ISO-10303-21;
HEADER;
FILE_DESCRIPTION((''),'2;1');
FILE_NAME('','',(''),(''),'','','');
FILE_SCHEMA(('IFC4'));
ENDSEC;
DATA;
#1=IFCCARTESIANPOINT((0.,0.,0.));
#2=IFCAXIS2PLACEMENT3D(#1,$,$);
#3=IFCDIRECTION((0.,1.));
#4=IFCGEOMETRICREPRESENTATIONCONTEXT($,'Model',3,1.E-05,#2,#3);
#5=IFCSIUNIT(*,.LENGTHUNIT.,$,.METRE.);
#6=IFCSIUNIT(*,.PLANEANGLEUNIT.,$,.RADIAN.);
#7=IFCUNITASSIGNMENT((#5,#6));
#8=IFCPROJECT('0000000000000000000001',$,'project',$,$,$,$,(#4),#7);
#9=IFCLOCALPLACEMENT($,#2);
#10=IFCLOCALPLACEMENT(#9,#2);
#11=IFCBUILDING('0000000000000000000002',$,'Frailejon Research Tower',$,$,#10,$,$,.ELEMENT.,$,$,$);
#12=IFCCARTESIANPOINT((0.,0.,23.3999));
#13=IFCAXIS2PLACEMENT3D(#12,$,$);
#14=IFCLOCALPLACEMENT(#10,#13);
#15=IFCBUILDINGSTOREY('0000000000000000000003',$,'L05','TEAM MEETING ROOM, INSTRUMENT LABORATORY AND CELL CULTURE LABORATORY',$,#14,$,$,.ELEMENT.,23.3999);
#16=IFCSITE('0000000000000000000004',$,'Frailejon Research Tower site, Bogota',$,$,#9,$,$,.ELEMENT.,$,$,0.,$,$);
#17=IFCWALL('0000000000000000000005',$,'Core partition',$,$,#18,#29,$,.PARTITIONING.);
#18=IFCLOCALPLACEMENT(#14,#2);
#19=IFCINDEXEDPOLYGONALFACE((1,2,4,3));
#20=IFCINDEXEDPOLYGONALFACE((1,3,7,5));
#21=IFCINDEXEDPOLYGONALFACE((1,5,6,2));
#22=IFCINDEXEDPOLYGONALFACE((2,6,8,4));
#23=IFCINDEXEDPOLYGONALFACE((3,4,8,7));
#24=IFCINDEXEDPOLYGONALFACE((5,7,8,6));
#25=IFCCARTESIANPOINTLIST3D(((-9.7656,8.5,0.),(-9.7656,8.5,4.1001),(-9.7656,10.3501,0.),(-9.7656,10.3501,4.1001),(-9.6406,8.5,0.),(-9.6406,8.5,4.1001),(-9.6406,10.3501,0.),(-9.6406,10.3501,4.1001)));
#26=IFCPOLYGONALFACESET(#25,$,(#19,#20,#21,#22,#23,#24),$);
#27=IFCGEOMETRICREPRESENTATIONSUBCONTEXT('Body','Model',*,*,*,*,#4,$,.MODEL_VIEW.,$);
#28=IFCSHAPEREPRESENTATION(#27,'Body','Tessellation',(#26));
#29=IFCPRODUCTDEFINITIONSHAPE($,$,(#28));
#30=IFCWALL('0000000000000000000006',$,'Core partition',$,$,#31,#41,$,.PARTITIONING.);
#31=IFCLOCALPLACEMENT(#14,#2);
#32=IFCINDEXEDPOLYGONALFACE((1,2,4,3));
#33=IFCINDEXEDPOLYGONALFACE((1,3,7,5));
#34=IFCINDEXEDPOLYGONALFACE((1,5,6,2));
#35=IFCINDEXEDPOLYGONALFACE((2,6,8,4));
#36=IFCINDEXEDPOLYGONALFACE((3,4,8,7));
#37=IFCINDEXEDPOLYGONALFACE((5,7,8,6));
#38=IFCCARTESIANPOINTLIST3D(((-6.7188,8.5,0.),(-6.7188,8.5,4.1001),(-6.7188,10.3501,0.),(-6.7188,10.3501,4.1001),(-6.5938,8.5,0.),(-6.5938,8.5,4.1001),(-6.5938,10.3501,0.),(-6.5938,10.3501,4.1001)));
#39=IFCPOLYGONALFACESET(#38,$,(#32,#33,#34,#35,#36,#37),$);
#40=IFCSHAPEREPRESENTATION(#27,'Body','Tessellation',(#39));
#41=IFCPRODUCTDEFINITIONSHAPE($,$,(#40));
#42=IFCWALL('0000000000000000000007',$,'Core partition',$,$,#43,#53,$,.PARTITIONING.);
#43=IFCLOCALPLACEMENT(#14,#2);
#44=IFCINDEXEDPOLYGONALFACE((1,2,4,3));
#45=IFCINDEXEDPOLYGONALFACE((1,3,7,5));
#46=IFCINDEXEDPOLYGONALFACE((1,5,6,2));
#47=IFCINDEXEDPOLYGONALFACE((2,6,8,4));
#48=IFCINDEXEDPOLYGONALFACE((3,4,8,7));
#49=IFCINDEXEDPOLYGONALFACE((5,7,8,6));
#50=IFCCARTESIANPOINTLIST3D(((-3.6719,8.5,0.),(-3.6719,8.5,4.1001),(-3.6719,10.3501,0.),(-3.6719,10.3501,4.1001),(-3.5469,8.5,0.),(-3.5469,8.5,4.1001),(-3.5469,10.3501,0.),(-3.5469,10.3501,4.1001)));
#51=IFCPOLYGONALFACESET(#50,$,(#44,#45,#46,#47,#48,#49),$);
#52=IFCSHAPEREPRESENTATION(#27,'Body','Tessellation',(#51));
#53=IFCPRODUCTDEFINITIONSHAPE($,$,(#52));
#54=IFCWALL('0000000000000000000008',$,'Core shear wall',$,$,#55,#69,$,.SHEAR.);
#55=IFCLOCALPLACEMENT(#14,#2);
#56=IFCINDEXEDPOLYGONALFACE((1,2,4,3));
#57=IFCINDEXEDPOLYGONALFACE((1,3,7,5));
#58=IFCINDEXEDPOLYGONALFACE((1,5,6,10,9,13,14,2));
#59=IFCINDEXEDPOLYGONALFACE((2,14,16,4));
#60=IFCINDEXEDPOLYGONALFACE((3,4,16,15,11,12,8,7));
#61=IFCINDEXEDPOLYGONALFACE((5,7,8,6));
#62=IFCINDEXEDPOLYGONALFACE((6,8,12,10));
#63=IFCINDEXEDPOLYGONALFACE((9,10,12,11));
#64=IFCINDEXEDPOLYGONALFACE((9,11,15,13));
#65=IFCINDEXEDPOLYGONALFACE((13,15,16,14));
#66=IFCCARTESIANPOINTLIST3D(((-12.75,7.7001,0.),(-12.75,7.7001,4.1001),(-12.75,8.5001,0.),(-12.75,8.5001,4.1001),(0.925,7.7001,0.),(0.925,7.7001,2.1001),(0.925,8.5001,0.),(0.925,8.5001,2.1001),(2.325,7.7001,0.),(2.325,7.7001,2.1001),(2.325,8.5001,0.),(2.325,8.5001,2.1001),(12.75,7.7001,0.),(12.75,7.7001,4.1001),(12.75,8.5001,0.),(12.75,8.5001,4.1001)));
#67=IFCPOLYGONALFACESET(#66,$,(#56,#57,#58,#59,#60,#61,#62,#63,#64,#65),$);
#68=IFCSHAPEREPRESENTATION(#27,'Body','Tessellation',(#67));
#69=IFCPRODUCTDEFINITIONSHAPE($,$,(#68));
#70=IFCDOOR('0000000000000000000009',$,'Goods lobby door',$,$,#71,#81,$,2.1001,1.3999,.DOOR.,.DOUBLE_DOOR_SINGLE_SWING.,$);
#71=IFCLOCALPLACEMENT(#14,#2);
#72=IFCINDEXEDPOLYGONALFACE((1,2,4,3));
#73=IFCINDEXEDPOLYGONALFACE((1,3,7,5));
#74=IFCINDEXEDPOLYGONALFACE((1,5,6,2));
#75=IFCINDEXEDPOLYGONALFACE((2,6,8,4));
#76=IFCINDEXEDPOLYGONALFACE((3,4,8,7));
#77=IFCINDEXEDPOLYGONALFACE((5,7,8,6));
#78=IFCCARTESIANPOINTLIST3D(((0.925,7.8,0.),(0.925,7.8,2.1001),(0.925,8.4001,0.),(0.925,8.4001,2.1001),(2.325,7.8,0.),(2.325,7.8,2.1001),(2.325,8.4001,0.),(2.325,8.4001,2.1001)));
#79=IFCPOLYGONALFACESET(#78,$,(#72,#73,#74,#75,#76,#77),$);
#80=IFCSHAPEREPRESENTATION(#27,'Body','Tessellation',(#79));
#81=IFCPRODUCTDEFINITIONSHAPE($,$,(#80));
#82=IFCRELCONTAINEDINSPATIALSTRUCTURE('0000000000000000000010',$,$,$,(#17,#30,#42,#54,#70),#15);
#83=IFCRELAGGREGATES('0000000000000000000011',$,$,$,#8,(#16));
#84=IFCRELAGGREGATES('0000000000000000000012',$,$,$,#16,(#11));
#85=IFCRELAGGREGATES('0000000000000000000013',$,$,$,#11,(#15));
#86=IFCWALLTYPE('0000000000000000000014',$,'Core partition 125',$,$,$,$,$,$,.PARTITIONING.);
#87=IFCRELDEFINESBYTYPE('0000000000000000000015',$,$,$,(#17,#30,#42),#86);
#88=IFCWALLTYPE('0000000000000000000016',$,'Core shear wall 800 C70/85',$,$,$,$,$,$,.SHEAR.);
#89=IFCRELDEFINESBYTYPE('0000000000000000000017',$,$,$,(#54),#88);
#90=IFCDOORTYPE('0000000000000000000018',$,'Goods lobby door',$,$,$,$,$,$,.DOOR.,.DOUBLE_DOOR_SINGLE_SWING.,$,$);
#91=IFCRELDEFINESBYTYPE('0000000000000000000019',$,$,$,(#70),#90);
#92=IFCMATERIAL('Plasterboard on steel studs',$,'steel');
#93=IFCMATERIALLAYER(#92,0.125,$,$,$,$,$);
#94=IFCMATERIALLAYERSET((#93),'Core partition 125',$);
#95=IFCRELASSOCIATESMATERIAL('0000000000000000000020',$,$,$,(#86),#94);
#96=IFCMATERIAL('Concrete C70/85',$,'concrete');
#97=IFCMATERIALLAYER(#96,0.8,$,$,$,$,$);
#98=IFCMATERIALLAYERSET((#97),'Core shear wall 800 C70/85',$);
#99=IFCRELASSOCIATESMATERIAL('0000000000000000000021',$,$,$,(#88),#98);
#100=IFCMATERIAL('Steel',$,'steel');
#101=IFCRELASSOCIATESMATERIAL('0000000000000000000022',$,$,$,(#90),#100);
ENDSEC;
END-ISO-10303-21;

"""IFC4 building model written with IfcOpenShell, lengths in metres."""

from ifc_helpers import new_model, si_unit, direction, frame, frame_2d, origin, place, context, subcontext, project, spatial, rectangle, extrude, material, layer, layer_set, type_object, element, fill, save


model = new_model("IFC4")

# Units and contexts
model_context = context("Model", 3, precision=1e-05, world=origin(), true_north=direction((0.0, 1.0)))
body_context = subcontext(model_context, "Body", "Model", "MODEL_VIEW")
ifc_project = project(units=[si_unit("LENGTHUNIT", "METRE"), si_unit("PLANEANGLEUNIT", "RADIAN")], contexts=[model_context])

# Site, building, storey
site_placement = place(None, origin())
site = spatial("IfcSite", under=ifc_project, at=site_placement, Name="Frailejon Research Tower site, Bogota", CompositionType="ELEMENT", RefElevation=0.0)
building_placement = place(site_placement, origin())
building = spatial("IfcBuilding", under=site, at=building_placement, Name="Frailejon Research Tower", CompositionType="ELEMENT")
storey_placement = place(building_placement, frame((0.0, 0.0, 23.3999)))
storey = spatial("IfcBuildingStorey", under=building, at=storey_placement, Name="L05", Description="TEAM MEETING ROOM, INSTRUMENT LABORATORY AND CELL CULTURE LABORATORY", CompositionType="ELEMENT", Elevation=23.3999)

# Walls
ifc_material_1 = material(Name="Plasterboard on steel studs", Category="steel")
ifc_layer_1 = layer(ifc_material_1, 0.125)
ifc_layer_set_1 = layer_set([ifc_layer_1], Name="Core partition 125")
wall_type_1 = type_object("IfcWallType", Name="Core partition 125", PredefinedType="PARTITIONING", material=ifc_layer_set_1)
for number, where, z_axis, x_axis, name in (
    (1, (-9.7031, 8.5, 0.0), (0.0, 0.0, 1.0), (0.0, 1.0, 0.0), "Core partition"),
    (2, (-6.6562, 8.5, 0.0), (0.0, 0.0, 1.0), (0.0, 1.0, 0.0), "Core partition"),
    (3, (-3.6094, 8.5, 0.0), (0.0, 0.0, 1.0), (0.0, 1.0, 0.0), "Core partition"),
):
    element("IfcWall", number, at=place(storey_placement, frame(where, z_axis=z_axis, x_axis=x_axis)), inside=storey, type_object=wall_type_1, Name=name, PredefinedType="PARTITIONING", context=body_context, shape_type="SweptSolid", body=[
        extrude(rectangle(XDim=1.8501, YDim=0.125, at=frame_2d((0.925, 0.0))), origin(), (0.0, 0.0, 1.0), 4.1001),
    ])

# Wall, opening, door
ifc_material_2 = material(Name="Concrete C70/85", Category="concrete")
ifc_layer_2 = layer(ifc_material_2, 0.8)
ifc_layer_set_2 = layer_set([ifc_layer_2], Name="Core shear wall 800 C70/85")
wall_type_2 = type_object("IfcWallType", Name="Core shear wall 800 C70/85", PredefinedType="SHEAR", material=ifc_layer_set_2)
wall_1_placement = place(storey_placement, frame((-12.75, 8.1001, 0.0), z_axis=(0.0, 0.0, 1.0), x_axis=(1.0, 0.0, 0.0)))
wall_1 = element("IfcWall", 4, at=wall_1_placement, inside=storey, type_object=wall_type_2, Name="Core shear wall", PredefinedType="SHEAR", context=body_context, shape_type="SweptSolid", body=[
    extrude(rectangle(XDim=25.5, YDim=0.8, at=frame_2d((12.75, 0.0))), origin(), (0.0, 0.0, 1.0), 4.1001),
])
opening_1_placement = place(wall_1_placement, frame((13.675, 0.0, 0.0)))
opening_1 = element("IfcOpeningElement", 5, at=opening_1_placement, cuts=wall_1, PredefinedType="OPENING", context=body_context, shape_type="SweptSolid", body=[
    extrude(rectangle(XDim=1.3999, YDim=2.1001, at=frame_2d((0.7, 1.05))), frame((0.0, 0.4099, 0.0), z_axis=(0.0, -1.0, 0.0), x_axis=(1.0, 0.0, 0.0)), (0.0, 0.0, 1.0), 0.8201),
])
ifc_material_3 = material(Name="Steel", Category="steel")
door_type_1 = type_object("IfcDoorType", Name="Goods lobby door", OperationType="DOUBLE_DOOR_SINGLE_SWING", PredefinedType="DOOR", material=ifc_material_3)
door_1_placement = place(opening_1_placement, origin())
door_1 = element("IfcDoor", 6, at=door_1_placement, inside=storey, type_object=door_type_1, Name="Goods lobby door", OperationType="DOUBLE_DOOR_SINGLE_SWING", OverallHeight=2.1001, OverallWidth=1.3999, PredefinedType="DOOR", context=body_context, shape_type="SweptSolid", body=[
    extrude(rectangle(XDim=1.3999, YDim=2.1001, at=frame_2d((0.7, 1.05))), frame((0.0, 0.3, 0.0), z_axis=(0.0, -1.0, 0.0), x_axis=(1.0, 0.0, 0.0)), (0.0, 0.0, 1.0), 0.6001),
])
fill(opening_1, door_1)

save(model, "model.ifc")
